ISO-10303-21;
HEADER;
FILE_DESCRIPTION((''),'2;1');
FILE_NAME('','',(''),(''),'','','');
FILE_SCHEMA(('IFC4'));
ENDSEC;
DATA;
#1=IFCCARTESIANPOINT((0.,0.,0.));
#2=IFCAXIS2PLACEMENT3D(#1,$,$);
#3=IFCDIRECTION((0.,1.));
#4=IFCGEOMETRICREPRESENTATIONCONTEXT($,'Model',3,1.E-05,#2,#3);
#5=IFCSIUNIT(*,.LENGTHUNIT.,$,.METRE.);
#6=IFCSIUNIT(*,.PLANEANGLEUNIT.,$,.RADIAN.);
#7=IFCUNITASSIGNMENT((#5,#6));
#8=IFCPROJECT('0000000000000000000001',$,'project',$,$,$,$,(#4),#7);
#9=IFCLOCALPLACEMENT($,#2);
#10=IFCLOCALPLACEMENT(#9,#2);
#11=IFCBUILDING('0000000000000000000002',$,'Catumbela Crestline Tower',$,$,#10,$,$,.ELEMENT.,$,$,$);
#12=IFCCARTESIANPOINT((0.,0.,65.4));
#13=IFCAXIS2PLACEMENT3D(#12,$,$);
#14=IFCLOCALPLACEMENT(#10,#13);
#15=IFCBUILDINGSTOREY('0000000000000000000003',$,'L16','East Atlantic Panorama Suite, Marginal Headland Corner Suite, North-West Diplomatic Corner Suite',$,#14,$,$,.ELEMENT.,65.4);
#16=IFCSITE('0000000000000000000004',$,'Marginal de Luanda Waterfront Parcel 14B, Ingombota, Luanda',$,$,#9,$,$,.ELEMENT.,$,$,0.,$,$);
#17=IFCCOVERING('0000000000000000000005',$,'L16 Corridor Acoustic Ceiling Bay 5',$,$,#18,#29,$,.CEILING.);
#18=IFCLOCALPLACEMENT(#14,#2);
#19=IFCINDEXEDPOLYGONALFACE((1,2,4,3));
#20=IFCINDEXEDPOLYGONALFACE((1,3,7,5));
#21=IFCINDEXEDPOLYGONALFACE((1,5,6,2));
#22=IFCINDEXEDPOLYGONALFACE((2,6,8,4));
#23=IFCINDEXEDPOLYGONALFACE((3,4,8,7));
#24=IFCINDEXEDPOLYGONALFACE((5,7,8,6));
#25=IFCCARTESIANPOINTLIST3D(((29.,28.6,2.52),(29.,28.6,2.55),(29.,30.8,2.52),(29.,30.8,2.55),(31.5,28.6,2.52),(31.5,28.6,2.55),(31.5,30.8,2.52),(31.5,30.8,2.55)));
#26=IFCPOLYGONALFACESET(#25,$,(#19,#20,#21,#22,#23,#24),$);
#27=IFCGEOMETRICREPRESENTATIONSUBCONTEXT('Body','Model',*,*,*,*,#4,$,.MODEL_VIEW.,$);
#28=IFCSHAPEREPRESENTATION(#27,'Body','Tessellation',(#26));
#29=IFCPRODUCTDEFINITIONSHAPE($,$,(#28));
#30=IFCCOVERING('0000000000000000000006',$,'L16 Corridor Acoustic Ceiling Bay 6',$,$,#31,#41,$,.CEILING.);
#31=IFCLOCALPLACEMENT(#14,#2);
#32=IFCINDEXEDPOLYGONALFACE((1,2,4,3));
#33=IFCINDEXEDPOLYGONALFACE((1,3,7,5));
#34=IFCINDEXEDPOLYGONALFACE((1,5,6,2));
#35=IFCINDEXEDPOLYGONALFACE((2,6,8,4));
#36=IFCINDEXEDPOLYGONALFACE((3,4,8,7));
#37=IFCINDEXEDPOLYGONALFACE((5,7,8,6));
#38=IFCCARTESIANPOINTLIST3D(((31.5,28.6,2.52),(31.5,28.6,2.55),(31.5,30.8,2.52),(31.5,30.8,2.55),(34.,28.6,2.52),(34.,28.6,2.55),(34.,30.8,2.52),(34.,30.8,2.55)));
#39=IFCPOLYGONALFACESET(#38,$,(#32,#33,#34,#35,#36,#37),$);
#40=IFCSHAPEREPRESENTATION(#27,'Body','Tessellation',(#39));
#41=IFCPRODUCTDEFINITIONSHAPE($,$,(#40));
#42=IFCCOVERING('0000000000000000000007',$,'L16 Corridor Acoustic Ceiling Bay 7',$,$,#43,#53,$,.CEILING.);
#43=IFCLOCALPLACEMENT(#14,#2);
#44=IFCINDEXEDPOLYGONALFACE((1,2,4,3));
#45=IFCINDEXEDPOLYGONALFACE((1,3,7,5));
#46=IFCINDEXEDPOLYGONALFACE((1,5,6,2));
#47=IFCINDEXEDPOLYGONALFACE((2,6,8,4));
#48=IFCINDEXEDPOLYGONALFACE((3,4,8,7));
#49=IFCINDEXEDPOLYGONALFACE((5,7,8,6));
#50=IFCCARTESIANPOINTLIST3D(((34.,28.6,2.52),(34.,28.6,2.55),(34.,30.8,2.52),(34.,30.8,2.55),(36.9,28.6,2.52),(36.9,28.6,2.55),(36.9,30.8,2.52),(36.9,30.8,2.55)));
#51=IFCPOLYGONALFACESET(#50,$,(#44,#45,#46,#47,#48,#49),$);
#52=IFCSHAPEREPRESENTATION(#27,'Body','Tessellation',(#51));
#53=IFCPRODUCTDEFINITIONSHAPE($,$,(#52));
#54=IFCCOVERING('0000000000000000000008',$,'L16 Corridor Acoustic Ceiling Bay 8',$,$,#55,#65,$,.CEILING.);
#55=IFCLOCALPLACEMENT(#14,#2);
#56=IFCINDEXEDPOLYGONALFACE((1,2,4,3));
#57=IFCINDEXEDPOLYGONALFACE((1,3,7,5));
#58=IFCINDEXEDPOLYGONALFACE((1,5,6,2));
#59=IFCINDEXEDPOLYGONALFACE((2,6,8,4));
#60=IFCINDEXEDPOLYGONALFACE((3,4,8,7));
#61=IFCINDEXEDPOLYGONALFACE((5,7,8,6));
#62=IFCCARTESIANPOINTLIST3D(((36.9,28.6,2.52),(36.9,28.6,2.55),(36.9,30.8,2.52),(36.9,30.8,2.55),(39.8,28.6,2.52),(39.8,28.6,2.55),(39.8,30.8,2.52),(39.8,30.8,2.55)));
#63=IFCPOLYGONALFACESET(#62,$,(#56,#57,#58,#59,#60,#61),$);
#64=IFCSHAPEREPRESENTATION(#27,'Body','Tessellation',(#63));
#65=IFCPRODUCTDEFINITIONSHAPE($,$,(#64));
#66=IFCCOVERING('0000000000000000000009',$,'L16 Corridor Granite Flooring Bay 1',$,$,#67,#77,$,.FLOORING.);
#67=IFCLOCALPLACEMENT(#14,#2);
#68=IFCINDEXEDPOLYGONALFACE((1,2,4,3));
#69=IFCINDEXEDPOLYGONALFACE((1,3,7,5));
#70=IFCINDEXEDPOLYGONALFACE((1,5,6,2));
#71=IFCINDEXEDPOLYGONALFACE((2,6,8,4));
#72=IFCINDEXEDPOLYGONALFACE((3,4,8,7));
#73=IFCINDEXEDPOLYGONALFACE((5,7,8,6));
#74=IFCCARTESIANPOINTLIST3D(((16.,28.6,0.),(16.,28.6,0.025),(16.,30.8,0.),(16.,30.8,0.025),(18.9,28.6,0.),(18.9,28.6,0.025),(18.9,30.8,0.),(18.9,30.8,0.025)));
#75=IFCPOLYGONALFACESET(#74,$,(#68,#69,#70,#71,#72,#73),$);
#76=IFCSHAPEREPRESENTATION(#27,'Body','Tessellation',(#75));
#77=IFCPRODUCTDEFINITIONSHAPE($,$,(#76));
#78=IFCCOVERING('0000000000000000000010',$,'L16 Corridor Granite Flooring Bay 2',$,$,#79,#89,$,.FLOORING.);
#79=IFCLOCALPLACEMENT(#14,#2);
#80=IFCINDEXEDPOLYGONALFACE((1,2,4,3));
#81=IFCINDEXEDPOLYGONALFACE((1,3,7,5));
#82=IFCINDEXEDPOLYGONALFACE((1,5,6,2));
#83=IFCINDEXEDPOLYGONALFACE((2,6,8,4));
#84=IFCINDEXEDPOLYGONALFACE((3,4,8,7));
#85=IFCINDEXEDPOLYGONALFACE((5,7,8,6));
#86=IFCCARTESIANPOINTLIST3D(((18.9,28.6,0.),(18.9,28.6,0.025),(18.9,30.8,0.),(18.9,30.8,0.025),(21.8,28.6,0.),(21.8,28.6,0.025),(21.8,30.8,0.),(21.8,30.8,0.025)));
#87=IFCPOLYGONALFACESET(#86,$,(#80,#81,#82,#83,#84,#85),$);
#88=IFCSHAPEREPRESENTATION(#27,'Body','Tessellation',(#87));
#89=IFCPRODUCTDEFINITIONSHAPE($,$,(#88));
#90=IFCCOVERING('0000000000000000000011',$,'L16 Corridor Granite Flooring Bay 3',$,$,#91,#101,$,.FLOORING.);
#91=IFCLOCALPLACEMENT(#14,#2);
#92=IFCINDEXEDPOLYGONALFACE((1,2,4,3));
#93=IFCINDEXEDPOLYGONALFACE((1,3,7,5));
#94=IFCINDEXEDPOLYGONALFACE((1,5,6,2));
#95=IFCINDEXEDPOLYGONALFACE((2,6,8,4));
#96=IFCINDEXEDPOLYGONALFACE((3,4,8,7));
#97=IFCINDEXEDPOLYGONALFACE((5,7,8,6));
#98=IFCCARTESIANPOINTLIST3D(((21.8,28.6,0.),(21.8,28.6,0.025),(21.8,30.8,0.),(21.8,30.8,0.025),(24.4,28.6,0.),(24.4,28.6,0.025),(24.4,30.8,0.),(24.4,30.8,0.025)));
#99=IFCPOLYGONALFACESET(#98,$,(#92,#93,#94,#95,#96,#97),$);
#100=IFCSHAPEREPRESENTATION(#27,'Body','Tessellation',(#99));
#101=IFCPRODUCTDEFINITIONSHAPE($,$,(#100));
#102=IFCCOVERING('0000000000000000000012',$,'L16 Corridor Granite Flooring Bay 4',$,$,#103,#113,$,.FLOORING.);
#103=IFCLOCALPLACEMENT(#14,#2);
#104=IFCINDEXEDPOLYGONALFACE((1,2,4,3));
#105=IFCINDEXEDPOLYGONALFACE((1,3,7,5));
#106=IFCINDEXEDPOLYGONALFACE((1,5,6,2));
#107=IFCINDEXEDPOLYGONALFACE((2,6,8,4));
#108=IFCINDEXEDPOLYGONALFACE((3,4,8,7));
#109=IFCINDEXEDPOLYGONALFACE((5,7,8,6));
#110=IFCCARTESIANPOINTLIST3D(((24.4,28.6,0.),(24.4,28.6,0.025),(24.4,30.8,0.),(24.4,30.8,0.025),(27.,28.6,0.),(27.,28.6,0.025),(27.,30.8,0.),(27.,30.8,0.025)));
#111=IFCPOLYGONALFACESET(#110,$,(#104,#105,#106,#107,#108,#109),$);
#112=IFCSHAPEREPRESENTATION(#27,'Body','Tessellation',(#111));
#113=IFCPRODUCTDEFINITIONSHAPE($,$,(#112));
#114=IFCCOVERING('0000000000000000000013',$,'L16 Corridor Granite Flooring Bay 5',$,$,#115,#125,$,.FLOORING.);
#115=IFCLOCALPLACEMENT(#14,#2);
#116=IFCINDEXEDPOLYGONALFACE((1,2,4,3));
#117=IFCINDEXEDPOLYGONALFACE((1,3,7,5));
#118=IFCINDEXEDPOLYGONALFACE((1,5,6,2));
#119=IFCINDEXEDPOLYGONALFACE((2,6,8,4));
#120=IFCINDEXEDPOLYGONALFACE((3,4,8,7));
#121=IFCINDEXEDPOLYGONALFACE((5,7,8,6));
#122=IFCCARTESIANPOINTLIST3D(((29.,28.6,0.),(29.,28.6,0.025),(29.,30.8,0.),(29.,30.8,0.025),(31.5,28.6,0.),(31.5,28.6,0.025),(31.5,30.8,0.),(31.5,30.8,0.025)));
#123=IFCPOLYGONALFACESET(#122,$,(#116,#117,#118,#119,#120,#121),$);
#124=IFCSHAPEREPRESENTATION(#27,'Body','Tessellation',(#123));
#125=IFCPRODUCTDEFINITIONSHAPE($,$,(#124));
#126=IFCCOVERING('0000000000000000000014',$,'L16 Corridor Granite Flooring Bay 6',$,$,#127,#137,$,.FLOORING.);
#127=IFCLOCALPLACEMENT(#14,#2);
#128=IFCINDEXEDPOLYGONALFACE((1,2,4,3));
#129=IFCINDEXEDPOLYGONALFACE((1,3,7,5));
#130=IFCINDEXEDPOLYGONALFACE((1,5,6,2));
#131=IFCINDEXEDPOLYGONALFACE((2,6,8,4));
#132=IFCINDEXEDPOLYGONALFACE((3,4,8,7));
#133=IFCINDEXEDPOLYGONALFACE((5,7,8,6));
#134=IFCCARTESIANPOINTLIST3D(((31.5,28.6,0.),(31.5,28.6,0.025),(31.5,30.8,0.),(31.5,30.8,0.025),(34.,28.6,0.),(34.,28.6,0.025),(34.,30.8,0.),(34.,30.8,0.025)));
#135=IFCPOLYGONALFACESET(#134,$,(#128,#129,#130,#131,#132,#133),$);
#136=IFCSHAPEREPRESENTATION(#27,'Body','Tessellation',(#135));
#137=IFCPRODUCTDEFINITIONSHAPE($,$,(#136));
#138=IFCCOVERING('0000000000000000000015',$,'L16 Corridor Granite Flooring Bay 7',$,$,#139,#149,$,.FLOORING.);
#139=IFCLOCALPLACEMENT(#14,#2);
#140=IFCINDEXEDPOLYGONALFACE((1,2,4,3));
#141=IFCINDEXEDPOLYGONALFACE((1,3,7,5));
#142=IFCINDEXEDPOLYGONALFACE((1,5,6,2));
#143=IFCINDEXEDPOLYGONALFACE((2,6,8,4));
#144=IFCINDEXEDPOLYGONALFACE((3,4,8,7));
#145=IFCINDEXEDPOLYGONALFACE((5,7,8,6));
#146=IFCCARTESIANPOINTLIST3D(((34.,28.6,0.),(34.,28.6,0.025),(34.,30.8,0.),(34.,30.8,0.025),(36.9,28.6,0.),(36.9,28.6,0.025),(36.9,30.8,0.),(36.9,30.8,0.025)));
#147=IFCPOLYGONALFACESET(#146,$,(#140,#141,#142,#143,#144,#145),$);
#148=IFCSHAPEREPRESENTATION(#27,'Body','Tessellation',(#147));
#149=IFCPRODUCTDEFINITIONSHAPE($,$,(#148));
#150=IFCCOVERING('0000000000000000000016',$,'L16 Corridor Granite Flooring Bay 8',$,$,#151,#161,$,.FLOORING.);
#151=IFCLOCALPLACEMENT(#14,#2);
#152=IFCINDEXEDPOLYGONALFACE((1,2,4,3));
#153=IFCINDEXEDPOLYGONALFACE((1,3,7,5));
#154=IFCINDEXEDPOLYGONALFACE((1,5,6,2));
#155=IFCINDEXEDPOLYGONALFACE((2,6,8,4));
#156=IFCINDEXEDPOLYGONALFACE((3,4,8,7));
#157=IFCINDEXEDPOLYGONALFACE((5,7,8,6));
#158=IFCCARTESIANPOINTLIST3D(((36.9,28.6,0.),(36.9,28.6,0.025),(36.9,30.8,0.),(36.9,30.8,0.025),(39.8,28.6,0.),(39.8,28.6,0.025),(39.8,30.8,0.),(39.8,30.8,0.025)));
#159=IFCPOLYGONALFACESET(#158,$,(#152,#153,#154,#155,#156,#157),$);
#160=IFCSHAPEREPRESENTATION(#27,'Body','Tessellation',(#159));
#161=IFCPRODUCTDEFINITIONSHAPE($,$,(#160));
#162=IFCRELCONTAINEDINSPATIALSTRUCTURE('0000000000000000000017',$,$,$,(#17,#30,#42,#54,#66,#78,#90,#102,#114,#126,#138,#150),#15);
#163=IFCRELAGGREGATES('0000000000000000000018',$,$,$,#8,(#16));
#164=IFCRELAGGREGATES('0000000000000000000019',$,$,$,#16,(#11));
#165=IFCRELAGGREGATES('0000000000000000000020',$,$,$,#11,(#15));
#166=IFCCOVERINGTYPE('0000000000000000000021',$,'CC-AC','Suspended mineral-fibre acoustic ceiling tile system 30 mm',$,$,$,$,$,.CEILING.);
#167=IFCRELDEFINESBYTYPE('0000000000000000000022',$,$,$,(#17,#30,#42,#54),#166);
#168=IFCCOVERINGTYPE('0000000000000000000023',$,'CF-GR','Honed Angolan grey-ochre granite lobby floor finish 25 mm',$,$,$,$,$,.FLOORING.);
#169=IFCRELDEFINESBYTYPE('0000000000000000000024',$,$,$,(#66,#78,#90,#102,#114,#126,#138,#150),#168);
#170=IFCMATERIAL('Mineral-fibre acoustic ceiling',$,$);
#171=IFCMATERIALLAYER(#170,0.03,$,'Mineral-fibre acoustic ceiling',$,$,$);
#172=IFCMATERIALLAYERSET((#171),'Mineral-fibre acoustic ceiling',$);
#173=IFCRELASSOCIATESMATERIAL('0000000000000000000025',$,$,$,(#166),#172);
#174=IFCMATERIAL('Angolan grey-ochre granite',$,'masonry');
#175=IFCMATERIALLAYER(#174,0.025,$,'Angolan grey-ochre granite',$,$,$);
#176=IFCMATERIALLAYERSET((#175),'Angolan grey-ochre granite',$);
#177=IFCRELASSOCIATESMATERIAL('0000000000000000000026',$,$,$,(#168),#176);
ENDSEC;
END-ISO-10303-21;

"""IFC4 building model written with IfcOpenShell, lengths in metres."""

from ifc_helpers import new_model, si_unit, direction, frame, origin, place, context, subcontext, project, spatial, polyline, outline, extrude, material, layer, layer_set, type_object, element, save


model = new_model("IFC4")

# Units and contexts
model_context = context("Model", 3, precision=1e-05, world=origin(), true_north=direction((0.0, 1.0)))
body_context = subcontext(model_context, "Body", "Model", "MODEL_VIEW")
ifc_project = project(units=[si_unit("LENGTHUNIT", "METRE"), si_unit("PLANEANGLEUNIT", "RADIAN")], contexts=[model_context])

# Site, building, storey
site_placement = place(None, origin())
site = spatial("IfcSite", under=ifc_project, at=site_placement, Name="Marginal de Luanda Waterfront Parcel 14B, Ingombota, Luanda", CompositionType="ELEMENT", RefElevation=0.0)
building_placement = place(site_placement, origin())
building = spatial("IfcBuilding", under=site, at=building_placement, Name="Catumbela Crestline Tower", CompositionType="ELEMENT")
storey_placement = place(building_placement, frame((0.0, 0.0, 65.4)))
storey = spatial("IfcBuildingStorey", under=building, at=storey_placement, Name="L16", Description="East Atlantic Panorama Suite, Marginal Headland Corner Suite, North-West Diplomatic Corner Suite", CompositionType="ELEMENT", Elevation=65.4)

# Shared definitions
ifc_material_1 = material(Name="Angolan grey-ochre granite", Category="masonry")

# Coverings
ifc_material_2 = material(Name="Mineral-fibre acoustic ceiling")
ifc_layer_1 = layer(ifc_material_2, 0.03, Name="Mineral-fibre acoustic ceiling")
ifc_layer_set_1 = layer_set([ifc_layer_1], Name="Mineral-fibre acoustic ceiling")
covering_type_1 = type_object("IfcCoveringType", Name="CC-AC", Description="Suspended mineral-fibre acoustic ceiling tile system 30 mm", PredefinedType="CEILING", material=ifc_layer_set_1)
covering_1_placement = place(storey_placement, frame((0.0, 0.0, 2.52)))
element("IfcCovering", 1, at=covering_1_placement, inside=storey, type_object=covering_type_1, Name="L16 Corridor Acoustic Ceiling Bay 5", PredefinedType="CEILING", context=body_context, shape_type="SweptSolid", body=[
    extrude(outline(polyline([(29.0, 28.6), (31.5, 28.6), (31.5, 30.8), (29.0, 30.8), (29.0, 28.6)])), origin(), (0.0, 0.0, 1.0), 0.03),
])
covering_2_placement = place(storey_placement, frame((0.0, 0.0, 2.52)))
element("IfcCovering", 2, at=covering_2_placement, inside=storey, type_object=covering_type_1, Name="L16 Corridor Acoustic Ceiling Bay 6", PredefinedType="CEILING", context=body_context, shape_type="SweptSolid", body=[
    extrude(outline(polyline([(31.5, 28.6), (34.0, 28.6), (34.0, 30.8), (31.5, 30.8), (31.5, 28.6)])), origin(), (0.0, 0.0, 1.0), 0.03),
])
covering_3_placement = place(storey_placement, frame((0.0, 0.0, 2.52)))
element("IfcCovering", 3, at=covering_3_placement, inside=storey, type_object=covering_type_1, Name="L16 Corridor Acoustic Ceiling Bay 7", PredefinedType="CEILING", context=body_context, shape_type="SweptSolid", body=[
    extrude(outline(polyline([(34.0, 28.6), (36.9, 28.6), (36.9, 30.8), (34.0, 30.8), (34.0, 28.6)])), origin(), (0.0, 0.0, 1.0), 0.03),
])
covering_4_placement = place(storey_placement, frame((0.0, 0.0, 2.52)))
element("IfcCovering", 4, at=covering_4_placement, inside=storey, type_object=covering_type_1, Name="L16 Corridor Acoustic Ceiling Bay 8", PredefinedType="CEILING", context=body_context, shape_type="SweptSolid", body=[
    extrude(outline(polyline([(36.9, 28.6), (39.8, 28.6), (39.8, 30.8), (36.9, 30.8), (36.9, 28.6)])), origin(), (0.0, 0.0, 1.0), 0.03),
])
ifc_layer_2 = layer(ifc_material_1, 0.025, Name="Angolan grey-ochre granite")
ifc_layer_set_2 = layer_set([ifc_layer_2], Name="Angolan grey-ochre granite")
covering_type_2 = type_object("IfcCoveringType", Name="CF-GR", Description="Honed Angolan grey-ochre granite lobby floor finish 25 mm", PredefinedType="FLOORING", material=ifc_layer_set_2)
covering_5_placement = place(storey_placement, origin())
element("IfcCovering", 5, at=covering_5_placement, inside=storey, type_object=covering_type_2, Name="L16 Corridor Granite Flooring Bay 1", PredefinedType="FLOORING", context=body_context, shape_type="SweptSolid", body=[
    extrude(outline(polyline([(16.0, 28.6), (18.9, 28.6), (18.9, 30.8), (16.0, 30.8), (16.0, 28.6)])), origin(), (0.0, 0.0, 1.0), 0.025),
])
covering_6_placement = place(storey_placement, origin())
element("IfcCovering", 6, at=covering_6_placement, inside=storey, type_object=covering_type_2, Name="L16 Corridor Granite Flooring Bay 2", PredefinedType="FLOORING", context=body_context, shape_type="SweptSolid", body=[
    extrude(outline(polyline([(18.9, 28.6), (21.8, 28.6), (21.8, 30.8), (18.9, 30.8), (18.9, 28.6)])), origin(), (0.0, 0.0, 1.0), 0.025),
])
covering_7_placement = place(storey_placement, origin())
element("IfcCovering", 7, at=covering_7_placement, inside=storey, type_object=covering_type_2, Name="L16 Corridor Granite Flooring Bay 3", PredefinedType="FLOORING", context=body_context, shape_type="SweptSolid", body=[
    extrude(outline(polyline([(21.8, 28.6), (24.4, 28.6), (24.4, 30.8), (21.8, 30.8), (21.8, 28.6)])), origin(), (0.0, 0.0, 1.0), 0.025),
])
covering_8_placement = place(storey_placement, origin())
element("IfcCovering", 8, at=covering_8_placement, inside=storey, type_object=covering_type_2, Name="L16 Corridor Granite Flooring Bay 4", PredefinedType="FLOORING", context=body_context, shape_type="SweptSolid", body=[
    extrude(outline(polyline([(24.4, 28.6), (27.0, 28.6), (27.0, 30.8), (24.4, 30.8), (24.4, 28.6)])), origin(), (0.0, 0.0, 1.0), 0.025),
])
covering_9_placement = place(storey_placement, origin())
element("IfcCovering", 9, at=covering_9_placement, inside=storey, type_object=covering_type_2, Name="L16 Corridor Granite Flooring Bay 5", PredefinedType="FLOORING", context=body_context, shape_type="SweptSolid", body=[
    extrude(outline(polyline([(29.0, 28.6), (31.5, 28.6), (31.5, 30.8), (29.0, 30.8), (29.0, 28.6)])), origin(), (0.0, 0.0, 1.0), 0.025),
])
covering_10_placement = place(storey_placement, origin())
element("IfcCovering", 10, at=covering_10_placement, inside=storey, type_object=covering_type_2, Name="L16 Corridor Granite Flooring Bay 6", PredefinedType="FLOORING", context=body_context, shape_type="SweptSolid", body=[
    extrude(outline(polyline([(31.5, 28.6), (34.0, 28.6), (34.0, 30.8), (31.5, 30.8), (31.5, 28.6)])), origin(), (0.0, 0.0, 1.0), 0.025),
])
covering_11_placement = place(storey_placement, origin())
element("IfcCovering", 11, at=covering_11_placement, inside=storey, type_object=covering_type_2, Name="L16 Corridor Granite Flooring Bay 7", PredefinedType="FLOORING", context=body_context, shape_type="SweptSolid", body=[
    extrude(outline(polyline([(34.0, 28.6), (36.9, 28.6), (36.9, 30.8), (34.0, 30.8), (34.0, 28.6)])), origin(), (0.0, 0.0, 1.0), 0.025),
])
covering_12_placement = place(storey_placement, origin())
element("IfcCovering", 12, at=covering_12_placement, inside=storey, type_object=covering_type_2, Name="L16 Corridor Granite Flooring Bay 8", PredefinedType="FLOORING", context=body_context, shape_type="SweptSolid", body=[
    extrude(outline(polyline([(36.9, 28.6), (39.8, 28.6), (39.8, 30.8), (36.9, 30.8), (36.9, 28.6)])), origin(), (0.0, 0.0, 1.0), 0.025),
])

save(model, "model.ifc")
